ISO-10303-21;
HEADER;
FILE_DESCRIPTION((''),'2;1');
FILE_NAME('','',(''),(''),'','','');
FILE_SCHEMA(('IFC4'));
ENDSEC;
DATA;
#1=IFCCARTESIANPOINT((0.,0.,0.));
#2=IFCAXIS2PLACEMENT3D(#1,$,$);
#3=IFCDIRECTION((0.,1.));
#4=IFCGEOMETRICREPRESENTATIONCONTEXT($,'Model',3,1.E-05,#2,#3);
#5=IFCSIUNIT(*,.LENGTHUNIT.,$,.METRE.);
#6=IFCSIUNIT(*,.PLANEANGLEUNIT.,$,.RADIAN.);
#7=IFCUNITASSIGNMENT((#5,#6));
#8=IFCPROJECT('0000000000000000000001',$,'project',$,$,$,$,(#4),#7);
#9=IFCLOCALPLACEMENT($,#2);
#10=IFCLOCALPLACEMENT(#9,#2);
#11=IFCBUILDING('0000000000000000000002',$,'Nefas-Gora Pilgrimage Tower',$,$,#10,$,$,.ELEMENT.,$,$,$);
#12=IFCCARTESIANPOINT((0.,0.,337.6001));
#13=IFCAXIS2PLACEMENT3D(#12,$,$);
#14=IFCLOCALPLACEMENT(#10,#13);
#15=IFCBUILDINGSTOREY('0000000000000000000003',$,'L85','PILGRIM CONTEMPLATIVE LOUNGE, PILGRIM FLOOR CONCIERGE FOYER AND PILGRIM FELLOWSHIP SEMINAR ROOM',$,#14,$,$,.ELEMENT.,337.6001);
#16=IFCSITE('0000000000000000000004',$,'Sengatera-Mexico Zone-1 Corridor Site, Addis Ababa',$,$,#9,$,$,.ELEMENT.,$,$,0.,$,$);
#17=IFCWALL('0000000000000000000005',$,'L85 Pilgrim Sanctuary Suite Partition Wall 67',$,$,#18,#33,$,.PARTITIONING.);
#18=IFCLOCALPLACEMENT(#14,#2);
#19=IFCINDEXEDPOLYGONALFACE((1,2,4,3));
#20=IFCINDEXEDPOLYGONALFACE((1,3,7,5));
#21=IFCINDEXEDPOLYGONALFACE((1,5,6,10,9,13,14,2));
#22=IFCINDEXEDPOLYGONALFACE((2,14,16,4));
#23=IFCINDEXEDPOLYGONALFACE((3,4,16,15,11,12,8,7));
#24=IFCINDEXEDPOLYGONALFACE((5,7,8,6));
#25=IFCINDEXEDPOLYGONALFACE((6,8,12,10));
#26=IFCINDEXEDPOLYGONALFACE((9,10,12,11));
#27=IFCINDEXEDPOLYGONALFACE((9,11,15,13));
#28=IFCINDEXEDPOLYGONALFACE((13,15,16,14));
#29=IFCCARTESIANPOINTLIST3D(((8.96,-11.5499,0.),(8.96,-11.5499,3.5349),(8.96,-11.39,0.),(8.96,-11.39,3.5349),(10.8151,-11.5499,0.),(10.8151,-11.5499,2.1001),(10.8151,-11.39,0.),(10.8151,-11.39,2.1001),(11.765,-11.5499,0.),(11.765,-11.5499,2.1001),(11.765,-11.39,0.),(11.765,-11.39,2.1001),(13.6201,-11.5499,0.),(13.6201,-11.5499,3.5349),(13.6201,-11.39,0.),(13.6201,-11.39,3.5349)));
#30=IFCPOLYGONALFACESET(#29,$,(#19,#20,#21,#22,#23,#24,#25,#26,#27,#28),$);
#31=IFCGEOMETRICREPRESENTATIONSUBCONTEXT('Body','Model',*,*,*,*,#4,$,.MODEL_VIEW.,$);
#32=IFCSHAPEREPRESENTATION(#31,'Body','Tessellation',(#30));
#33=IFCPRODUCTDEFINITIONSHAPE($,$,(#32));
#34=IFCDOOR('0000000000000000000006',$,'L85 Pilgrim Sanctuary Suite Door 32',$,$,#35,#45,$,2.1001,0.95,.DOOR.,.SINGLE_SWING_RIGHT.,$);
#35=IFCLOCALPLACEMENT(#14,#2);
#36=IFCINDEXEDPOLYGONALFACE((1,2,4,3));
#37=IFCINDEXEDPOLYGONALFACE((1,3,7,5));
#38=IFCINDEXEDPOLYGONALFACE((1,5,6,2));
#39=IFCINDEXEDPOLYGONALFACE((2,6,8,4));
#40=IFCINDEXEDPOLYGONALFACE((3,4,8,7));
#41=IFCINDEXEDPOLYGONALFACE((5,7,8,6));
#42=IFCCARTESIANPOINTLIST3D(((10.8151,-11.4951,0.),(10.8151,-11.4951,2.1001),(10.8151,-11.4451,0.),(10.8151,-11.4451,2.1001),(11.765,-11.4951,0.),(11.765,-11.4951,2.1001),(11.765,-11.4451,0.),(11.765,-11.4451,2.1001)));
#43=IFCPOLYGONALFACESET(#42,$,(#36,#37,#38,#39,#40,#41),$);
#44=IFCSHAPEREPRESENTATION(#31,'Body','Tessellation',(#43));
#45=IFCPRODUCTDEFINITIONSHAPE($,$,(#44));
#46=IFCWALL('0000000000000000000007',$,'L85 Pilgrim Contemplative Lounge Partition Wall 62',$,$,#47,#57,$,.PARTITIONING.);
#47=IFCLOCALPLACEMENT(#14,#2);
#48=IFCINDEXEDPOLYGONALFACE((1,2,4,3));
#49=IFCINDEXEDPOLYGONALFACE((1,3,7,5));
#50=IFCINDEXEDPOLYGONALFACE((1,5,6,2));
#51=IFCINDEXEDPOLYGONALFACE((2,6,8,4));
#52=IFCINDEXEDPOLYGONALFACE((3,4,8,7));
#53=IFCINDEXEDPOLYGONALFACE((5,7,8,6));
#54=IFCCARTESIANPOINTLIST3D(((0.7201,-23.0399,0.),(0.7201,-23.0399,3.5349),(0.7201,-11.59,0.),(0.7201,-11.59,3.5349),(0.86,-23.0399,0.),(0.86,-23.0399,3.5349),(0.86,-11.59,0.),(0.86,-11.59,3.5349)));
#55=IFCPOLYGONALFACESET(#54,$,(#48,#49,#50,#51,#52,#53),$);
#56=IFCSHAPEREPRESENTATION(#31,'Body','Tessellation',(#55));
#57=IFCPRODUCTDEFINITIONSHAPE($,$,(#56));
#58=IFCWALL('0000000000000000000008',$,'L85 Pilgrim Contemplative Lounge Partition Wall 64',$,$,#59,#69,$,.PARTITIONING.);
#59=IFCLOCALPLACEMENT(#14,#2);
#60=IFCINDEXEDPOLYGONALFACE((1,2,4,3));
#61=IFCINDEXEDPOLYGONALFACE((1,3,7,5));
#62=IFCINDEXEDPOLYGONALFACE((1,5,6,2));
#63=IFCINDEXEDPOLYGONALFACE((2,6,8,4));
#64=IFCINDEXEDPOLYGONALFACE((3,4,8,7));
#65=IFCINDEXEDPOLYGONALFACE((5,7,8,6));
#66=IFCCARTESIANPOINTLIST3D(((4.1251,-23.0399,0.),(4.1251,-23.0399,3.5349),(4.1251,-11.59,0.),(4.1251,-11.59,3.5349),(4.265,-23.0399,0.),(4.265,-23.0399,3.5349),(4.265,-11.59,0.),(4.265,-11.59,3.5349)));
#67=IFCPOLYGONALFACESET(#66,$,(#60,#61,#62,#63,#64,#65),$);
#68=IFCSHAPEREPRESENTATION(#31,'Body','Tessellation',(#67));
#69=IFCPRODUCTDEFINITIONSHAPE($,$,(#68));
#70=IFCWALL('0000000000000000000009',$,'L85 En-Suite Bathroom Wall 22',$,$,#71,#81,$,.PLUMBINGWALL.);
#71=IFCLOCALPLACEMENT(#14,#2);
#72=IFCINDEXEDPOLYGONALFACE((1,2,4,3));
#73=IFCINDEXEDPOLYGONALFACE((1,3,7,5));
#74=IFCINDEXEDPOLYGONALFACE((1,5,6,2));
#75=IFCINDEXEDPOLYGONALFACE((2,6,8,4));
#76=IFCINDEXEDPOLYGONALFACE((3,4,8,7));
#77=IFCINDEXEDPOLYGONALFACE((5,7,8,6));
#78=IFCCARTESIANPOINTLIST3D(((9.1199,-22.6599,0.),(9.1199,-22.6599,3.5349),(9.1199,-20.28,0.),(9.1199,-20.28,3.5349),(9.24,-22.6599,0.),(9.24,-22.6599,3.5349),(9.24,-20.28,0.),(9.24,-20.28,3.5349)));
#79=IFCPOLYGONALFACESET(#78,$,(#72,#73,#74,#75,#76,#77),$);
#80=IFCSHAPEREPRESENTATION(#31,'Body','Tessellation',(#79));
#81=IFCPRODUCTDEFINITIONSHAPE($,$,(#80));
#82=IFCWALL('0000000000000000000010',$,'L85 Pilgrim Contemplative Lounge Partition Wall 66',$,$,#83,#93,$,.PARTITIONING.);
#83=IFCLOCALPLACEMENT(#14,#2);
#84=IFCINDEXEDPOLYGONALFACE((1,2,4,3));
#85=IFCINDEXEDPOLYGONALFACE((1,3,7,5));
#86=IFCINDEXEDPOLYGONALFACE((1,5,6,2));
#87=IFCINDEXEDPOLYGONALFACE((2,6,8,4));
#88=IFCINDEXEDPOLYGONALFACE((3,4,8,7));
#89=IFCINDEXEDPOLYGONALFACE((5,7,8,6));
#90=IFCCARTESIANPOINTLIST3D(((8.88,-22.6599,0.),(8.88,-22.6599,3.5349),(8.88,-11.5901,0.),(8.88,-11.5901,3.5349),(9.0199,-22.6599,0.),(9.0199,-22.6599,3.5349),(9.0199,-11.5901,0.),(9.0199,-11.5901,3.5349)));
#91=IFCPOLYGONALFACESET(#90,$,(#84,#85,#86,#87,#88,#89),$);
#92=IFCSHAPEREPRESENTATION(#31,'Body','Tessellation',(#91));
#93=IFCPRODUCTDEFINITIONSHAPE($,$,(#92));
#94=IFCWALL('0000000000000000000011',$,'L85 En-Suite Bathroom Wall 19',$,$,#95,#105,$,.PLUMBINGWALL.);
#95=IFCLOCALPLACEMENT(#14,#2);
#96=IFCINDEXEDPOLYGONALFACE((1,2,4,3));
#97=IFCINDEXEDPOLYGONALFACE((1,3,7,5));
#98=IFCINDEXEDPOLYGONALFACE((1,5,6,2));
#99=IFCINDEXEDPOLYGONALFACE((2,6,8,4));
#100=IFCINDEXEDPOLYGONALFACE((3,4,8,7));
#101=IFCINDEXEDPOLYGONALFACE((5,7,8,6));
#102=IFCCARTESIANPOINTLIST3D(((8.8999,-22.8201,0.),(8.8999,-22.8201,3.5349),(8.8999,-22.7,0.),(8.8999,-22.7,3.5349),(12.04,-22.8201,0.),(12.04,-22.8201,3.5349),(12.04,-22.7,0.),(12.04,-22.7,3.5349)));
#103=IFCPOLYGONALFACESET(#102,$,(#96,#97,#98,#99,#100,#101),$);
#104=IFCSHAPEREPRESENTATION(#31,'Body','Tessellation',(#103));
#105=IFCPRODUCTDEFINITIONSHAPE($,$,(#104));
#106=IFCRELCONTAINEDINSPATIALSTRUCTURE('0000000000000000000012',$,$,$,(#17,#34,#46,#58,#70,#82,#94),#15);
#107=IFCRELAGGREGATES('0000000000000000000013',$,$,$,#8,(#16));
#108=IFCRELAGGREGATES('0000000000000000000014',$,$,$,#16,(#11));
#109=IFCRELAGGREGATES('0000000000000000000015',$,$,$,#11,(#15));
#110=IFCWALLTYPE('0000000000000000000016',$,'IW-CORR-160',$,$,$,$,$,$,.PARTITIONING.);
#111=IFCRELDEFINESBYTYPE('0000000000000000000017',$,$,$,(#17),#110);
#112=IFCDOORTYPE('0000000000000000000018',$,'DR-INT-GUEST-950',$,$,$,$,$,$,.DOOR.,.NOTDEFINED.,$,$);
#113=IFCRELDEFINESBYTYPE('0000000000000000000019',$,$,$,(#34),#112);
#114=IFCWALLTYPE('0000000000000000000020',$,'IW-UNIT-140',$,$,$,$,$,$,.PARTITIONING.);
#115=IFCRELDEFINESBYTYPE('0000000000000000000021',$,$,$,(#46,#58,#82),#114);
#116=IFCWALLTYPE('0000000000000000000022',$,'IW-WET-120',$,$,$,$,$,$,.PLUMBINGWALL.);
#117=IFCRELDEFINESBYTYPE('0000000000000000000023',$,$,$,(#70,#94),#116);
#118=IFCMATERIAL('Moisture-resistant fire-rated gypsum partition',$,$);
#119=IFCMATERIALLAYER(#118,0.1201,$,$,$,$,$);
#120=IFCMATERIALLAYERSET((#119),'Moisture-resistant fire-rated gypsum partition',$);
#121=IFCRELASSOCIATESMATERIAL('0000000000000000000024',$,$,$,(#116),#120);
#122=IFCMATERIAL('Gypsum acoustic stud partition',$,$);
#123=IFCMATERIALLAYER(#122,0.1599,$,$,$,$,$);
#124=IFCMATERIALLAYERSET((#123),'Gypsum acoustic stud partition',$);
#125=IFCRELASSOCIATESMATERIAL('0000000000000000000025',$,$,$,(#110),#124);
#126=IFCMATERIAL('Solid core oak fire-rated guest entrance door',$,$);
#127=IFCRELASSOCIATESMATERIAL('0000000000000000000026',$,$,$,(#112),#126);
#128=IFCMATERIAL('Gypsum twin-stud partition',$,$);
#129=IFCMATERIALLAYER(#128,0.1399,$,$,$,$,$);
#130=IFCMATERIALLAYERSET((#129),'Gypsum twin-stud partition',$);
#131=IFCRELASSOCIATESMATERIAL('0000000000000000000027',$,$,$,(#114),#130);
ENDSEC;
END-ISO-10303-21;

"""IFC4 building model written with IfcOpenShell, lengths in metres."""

from ifc_helpers import new_model, si_unit, direction, frame, frame_2d, origin, place, context, subcontext, project, spatial, rectangle, extrude, source, transform, mapped, material, layer, layer_set, type_object, element, fill, save


model = new_model("IFC4")

# Units and contexts
model_context = context("Model", 3, precision=1e-05, world=origin(), true_north=direction((0.0, 1.0)))
body_context = subcontext(model_context, "Body", "Model", "MODEL_VIEW")
ifc_project = project(units=[si_unit("LENGTHUNIT", "METRE"), si_unit("PLANEANGLEUNIT", "RADIAN")], contexts=[model_context])

# Site, building, storey
site_placement = place(None, origin())
site = spatial("IfcSite", under=ifc_project, at=site_placement, Name="Sengatera-Mexico Zone-1 Corridor Site, Addis Ababa", CompositionType="ELEMENT", RefElevation=0.0)
building_placement = place(site_placement, origin())
building = spatial("IfcBuilding", under=site, at=building_placement, Name="Nefas-Gora Pilgrimage Tower", CompositionType="ELEMENT")
storey_placement = place(building_placement, frame((0.0, 0.0, 337.6001)))
storey = spatial("IfcBuildingStorey", under=building, at=storey_placement, Name="L85", Description="PILGRIM CONTEMPLATIVE LOUNGE, PILGRIM FLOOR CONCIERGE FOYER AND PILGRIM FELLOWSHIP SEMINAR ROOM", CompositionType="ELEMENT", Elevation=337.6001)

# Shared definitions
ifc_material_1 = material(Name="Moisture-resistant fire-rated gypsum partition")
ifc_layer_1 = layer(ifc_material_1, 0.1201)
ifc_layer_set_1 = layer_set([ifc_layer_1], Name="Moisture-resistant fire-rated gypsum partition")
wall_type_1 = type_object("IfcWallType", Name="IW-WET-120", PredefinedType="PLUMBINGWALL", material=ifc_layer_set_1)

# Wall, opening, door
ifc_material_2 = material(Name="Gypsum acoustic stud partition")
ifc_layer_2 = layer(ifc_material_2, 0.1599)
ifc_layer_set_2 = layer_set([ifc_layer_2], Name="Gypsum acoustic stud partition")
wall_type_2 = type_object("IfcWallType", Name="IW-CORR-160", PredefinedType="PARTITIONING", material=ifc_layer_set_2)
ifc_material_3 = material(Name="Solid core oak fire-rated guest entrance door")
door_type = type_object("IfcDoorType", Name="DR-INT-GUEST-950", OperationType="NOTDEFINED", PredefinedType="DOOR", material=ifc_material_3)
shared_shape_1 = source(origin(), body_context, "Body", "SweptSolid", [
    extrude(rectangle(XDim=0.95, YDim=2.1001, at=frame_2d((0.4751, 1.05))), frame((0.0, 0.0249, 0.0), z_axis=(0.0, -1.0, 0.0), x_axis=(1.0, 0.0, 0.0)), (0.0, 0.0, 1.0), 0.05),
])
shared_shape_2 = source(origin(), body_context, "Body", "SweptSolid", [
    extrude(rectangle(XDim=4.6602, YDim=0.1599, at=frame_2d((2.3301, 0.0))), origin(), (0.0, 0.0, 1.0), 3.5349),
])
wall_1_placement = place(storey_placement, frame((8.96, -11.47, 0.0), z_axis=(0.0, 0.0, 1.0), x_axis=(1.0, 0.0, 0.0)))
wall_1 = element("IfcWall", 1, at=wall_1_placement, inside=storey, type_object=wall_type_2, Name="L85 Pilgrim Sanctuary Suite Partition Wall 67", PredefinedType="PARTITIONING", context=body_context, shape_type="MappedRepresentation", body=[
    mapped(shared_shape_2, transform((0.0, 0.0, 0.0), x_axis=(1.0, 0.0, 0.0), y_axis=(0.0, 1.0, 0.0), z_axis=(0.0, 0.0, 1.0), scale=1.0)),
])
opening_1_placement = place(wall_1_placement, frame((1.855, 0.0, 0.0)))
opening_1 = element("IfcOpeningElement", 2, at=opening_1_placement, cuts=wall_1, PredefinedType="OPENING", context=body_context, shape_type="SweptSolid", body=[
    extrude(rectangle(XDim=0.95, YDim=2.1001, at=frame_2d((0.4751, 1.05))), frame((0.0, 0.0898, 0.0), z_axis=(0.0, -1.0, 0.0), x_axis=(1.0, 0.0, 0.0)), (0.0, 0.0, 1.0), 0.1799),
])
door_1_placement = place(opening_1_placement, origin())
door_1 = element("IfcDoor", 3, at=door_1_placement, inside=storey, type_object=door_type, Name="L85 Pilgrim Sanctuary Suite Door 32", OperationType="SINGLE_SWING_RIGHT", OverallHeight=2.1001, OverallWidth=0.95, PredefinedType="DOOR", context=body_context, shape_type="MappedRepresentation", body=[
    mapped(shared_shape_1, transform((0.0, 0.0, 0.0), x_axis=(1.0, 0.0, 0.0), y_axis=(0.0, 1.0, 0.0), z_axis=(0.0, 0.0, 1.0), scale=1.0)),
])
fill(opening_1, door_1)

# Walls
ifc_material_4 = material(Name="Gypsum twin-stud partition")
ifc_layer_3 = layer(ifc_material_4, 0.1399)
ifc_layer_set_3 = layer_set([ifc_layer_3], Name="Gypsum twin-stud partition")
wall_type_3 = type_object("IfcWallType", Name="IW-UNIT-140", PredefinedType="PARTITIONING", material=ifc_layer_set_3)
shared_shape_3 = source(origin(), body_context, "Body", "SweptSolid", [
    extrude(rectangle(XDim=11.45, YDim=0.1399, at=frame_2d((5.7251, 0.0))), origin(), (0.0, 0.0, 1.0), 3.5349),
])
for number, where, z_axis, x_axis, name in (
    (4, (0.79, -23.04, 0.0), (0.0, 0.0, 1.0), (0.0, 1.0, 0.0), "L85 Pilgrim Contemplative Lounge Partition Wall 62"),
    (5, (4.1951, -23.04, 0.0), (0.0, 0.0, 1.0), (0.0, 1.0, 0.0), "L85 Pilgrim Contemplative Lounge Partition Wall 64"),
):
    element("IfcWall", number, at=place(storey_placement, frame(where, z_axis=z_axis, x_axis=x_axis)), inside=storey, type_object=wall_type_3, Name=name, PredefinedType="PARTITIONING", context=body_context, shape_type="MappedRepresentation", body=[
        mapped(shared_shape_3, transform((0.0, 0.0, 0.0), x_axis=(1.0, 0.0, 0.0), y_axis=(0.0, 1.0, 0.0), z_axis=(0.0, 0.0, 1.0), scale=1.0)),
    ])
shared_shape_4 = source(origin(), body_context, "Body", "SweptSolid", [
    extrude(rectangle(XDim=2.3799, YDim=0.1201, at=frame_2d((1.1899, 0.0))), origin(), (0.0, 0.0, 1.0), 3.5349),
])
wall_2_placement = place(storey_placement, frame((9.1799, -22.6599, 0.0), z_axis=(0.0, 0.0, 1.0), x_axis=(0.0, 1.0, 0.0)))
element("IfcWall", 6, at=wall_2_placement, inside=storey, type_object=wall_type_1, Name="L85 En-Suite Bathroom Wall 22", PredefinedType="PLUMBINGWALL", context=body_context, shape_type="MappedRepresentation", body=[
    mapped(shared_shape_4, transform((0.0, 0.0, 0.0), x_axis=(1.0, 0.0, 0.0), y_axis=(0.0, 1.0, 0.0), z_axis=(0.0, 0.0, 1.0), scale=1.0)),
])
shared_shape_5 = source(origin(), body_context, "Body", "SweptSolid", [
    extrude(rectangle(XDim=11.0698, YDim=0.1399, at=frame_2d((5.5349, 0.0))), origin(), (0.0, 0.0, 1.0), 3.5349),
])
wall_3_placement = place(storey_placement, frame((8.95, -22.6599, 0.0), z_axis=(0.0, 0.0, 1.0), x_axis=(0.0, 1.0, 0.0)))
element("IfcWall", 7, at=wall_3_placement, inside=storey, type_object=wall_type_3, Name="L85 Pilgrim Contemplative Lounge Partition Wall 66", PredefinedType="PARTITIONING", context=body_context, shape_type="MappedRepresentation", body=[
    mapped(shared_shape_5, transform((0.0, 0.0, 0.0), x_axis=(1.0, 0.0, 0.0), y_axis=(0.0, 1.0, 0.0), z_axis=(0.0, 0.0, 1.0), scale=1.0)),
])
shared_shape_6 = source(origin(), body_context, "Body", "SweptSolid", [
    extrude(rectangle(XDim=3.1401, YDim=0.1201, at=frame_2d((1.5701, 0.0))), origin(), (0.0, 0.0, 1.0), 3.5349),
])
wall_4_placement = place(storey_placement, frame((8.8999, -22.76, 0.0), z_axis=(0.0, 0.0, 1.0), x_axis=(1.0, 0.0, 0.0)))
element("IfcWall", 8, at=wall_4_placement, inside=storey, type_object=wall_type_1, Name="L85 En-Suite Bathroom Wall 19", PredefinedType="PLUMBINGWALL", context=body_context, shape_type="MappedRepresentation", body=[
    mapped(shared_shape_6, transform((0.0, 0.0, 0.0), x_axis=(1.0, 0.0, 0.0), y_axis=(0.0, 1.0, 0.0), z_axis=(0.0, 0.0, 1.0), scale=1.0)),
])

save(model, "model.ifc")
